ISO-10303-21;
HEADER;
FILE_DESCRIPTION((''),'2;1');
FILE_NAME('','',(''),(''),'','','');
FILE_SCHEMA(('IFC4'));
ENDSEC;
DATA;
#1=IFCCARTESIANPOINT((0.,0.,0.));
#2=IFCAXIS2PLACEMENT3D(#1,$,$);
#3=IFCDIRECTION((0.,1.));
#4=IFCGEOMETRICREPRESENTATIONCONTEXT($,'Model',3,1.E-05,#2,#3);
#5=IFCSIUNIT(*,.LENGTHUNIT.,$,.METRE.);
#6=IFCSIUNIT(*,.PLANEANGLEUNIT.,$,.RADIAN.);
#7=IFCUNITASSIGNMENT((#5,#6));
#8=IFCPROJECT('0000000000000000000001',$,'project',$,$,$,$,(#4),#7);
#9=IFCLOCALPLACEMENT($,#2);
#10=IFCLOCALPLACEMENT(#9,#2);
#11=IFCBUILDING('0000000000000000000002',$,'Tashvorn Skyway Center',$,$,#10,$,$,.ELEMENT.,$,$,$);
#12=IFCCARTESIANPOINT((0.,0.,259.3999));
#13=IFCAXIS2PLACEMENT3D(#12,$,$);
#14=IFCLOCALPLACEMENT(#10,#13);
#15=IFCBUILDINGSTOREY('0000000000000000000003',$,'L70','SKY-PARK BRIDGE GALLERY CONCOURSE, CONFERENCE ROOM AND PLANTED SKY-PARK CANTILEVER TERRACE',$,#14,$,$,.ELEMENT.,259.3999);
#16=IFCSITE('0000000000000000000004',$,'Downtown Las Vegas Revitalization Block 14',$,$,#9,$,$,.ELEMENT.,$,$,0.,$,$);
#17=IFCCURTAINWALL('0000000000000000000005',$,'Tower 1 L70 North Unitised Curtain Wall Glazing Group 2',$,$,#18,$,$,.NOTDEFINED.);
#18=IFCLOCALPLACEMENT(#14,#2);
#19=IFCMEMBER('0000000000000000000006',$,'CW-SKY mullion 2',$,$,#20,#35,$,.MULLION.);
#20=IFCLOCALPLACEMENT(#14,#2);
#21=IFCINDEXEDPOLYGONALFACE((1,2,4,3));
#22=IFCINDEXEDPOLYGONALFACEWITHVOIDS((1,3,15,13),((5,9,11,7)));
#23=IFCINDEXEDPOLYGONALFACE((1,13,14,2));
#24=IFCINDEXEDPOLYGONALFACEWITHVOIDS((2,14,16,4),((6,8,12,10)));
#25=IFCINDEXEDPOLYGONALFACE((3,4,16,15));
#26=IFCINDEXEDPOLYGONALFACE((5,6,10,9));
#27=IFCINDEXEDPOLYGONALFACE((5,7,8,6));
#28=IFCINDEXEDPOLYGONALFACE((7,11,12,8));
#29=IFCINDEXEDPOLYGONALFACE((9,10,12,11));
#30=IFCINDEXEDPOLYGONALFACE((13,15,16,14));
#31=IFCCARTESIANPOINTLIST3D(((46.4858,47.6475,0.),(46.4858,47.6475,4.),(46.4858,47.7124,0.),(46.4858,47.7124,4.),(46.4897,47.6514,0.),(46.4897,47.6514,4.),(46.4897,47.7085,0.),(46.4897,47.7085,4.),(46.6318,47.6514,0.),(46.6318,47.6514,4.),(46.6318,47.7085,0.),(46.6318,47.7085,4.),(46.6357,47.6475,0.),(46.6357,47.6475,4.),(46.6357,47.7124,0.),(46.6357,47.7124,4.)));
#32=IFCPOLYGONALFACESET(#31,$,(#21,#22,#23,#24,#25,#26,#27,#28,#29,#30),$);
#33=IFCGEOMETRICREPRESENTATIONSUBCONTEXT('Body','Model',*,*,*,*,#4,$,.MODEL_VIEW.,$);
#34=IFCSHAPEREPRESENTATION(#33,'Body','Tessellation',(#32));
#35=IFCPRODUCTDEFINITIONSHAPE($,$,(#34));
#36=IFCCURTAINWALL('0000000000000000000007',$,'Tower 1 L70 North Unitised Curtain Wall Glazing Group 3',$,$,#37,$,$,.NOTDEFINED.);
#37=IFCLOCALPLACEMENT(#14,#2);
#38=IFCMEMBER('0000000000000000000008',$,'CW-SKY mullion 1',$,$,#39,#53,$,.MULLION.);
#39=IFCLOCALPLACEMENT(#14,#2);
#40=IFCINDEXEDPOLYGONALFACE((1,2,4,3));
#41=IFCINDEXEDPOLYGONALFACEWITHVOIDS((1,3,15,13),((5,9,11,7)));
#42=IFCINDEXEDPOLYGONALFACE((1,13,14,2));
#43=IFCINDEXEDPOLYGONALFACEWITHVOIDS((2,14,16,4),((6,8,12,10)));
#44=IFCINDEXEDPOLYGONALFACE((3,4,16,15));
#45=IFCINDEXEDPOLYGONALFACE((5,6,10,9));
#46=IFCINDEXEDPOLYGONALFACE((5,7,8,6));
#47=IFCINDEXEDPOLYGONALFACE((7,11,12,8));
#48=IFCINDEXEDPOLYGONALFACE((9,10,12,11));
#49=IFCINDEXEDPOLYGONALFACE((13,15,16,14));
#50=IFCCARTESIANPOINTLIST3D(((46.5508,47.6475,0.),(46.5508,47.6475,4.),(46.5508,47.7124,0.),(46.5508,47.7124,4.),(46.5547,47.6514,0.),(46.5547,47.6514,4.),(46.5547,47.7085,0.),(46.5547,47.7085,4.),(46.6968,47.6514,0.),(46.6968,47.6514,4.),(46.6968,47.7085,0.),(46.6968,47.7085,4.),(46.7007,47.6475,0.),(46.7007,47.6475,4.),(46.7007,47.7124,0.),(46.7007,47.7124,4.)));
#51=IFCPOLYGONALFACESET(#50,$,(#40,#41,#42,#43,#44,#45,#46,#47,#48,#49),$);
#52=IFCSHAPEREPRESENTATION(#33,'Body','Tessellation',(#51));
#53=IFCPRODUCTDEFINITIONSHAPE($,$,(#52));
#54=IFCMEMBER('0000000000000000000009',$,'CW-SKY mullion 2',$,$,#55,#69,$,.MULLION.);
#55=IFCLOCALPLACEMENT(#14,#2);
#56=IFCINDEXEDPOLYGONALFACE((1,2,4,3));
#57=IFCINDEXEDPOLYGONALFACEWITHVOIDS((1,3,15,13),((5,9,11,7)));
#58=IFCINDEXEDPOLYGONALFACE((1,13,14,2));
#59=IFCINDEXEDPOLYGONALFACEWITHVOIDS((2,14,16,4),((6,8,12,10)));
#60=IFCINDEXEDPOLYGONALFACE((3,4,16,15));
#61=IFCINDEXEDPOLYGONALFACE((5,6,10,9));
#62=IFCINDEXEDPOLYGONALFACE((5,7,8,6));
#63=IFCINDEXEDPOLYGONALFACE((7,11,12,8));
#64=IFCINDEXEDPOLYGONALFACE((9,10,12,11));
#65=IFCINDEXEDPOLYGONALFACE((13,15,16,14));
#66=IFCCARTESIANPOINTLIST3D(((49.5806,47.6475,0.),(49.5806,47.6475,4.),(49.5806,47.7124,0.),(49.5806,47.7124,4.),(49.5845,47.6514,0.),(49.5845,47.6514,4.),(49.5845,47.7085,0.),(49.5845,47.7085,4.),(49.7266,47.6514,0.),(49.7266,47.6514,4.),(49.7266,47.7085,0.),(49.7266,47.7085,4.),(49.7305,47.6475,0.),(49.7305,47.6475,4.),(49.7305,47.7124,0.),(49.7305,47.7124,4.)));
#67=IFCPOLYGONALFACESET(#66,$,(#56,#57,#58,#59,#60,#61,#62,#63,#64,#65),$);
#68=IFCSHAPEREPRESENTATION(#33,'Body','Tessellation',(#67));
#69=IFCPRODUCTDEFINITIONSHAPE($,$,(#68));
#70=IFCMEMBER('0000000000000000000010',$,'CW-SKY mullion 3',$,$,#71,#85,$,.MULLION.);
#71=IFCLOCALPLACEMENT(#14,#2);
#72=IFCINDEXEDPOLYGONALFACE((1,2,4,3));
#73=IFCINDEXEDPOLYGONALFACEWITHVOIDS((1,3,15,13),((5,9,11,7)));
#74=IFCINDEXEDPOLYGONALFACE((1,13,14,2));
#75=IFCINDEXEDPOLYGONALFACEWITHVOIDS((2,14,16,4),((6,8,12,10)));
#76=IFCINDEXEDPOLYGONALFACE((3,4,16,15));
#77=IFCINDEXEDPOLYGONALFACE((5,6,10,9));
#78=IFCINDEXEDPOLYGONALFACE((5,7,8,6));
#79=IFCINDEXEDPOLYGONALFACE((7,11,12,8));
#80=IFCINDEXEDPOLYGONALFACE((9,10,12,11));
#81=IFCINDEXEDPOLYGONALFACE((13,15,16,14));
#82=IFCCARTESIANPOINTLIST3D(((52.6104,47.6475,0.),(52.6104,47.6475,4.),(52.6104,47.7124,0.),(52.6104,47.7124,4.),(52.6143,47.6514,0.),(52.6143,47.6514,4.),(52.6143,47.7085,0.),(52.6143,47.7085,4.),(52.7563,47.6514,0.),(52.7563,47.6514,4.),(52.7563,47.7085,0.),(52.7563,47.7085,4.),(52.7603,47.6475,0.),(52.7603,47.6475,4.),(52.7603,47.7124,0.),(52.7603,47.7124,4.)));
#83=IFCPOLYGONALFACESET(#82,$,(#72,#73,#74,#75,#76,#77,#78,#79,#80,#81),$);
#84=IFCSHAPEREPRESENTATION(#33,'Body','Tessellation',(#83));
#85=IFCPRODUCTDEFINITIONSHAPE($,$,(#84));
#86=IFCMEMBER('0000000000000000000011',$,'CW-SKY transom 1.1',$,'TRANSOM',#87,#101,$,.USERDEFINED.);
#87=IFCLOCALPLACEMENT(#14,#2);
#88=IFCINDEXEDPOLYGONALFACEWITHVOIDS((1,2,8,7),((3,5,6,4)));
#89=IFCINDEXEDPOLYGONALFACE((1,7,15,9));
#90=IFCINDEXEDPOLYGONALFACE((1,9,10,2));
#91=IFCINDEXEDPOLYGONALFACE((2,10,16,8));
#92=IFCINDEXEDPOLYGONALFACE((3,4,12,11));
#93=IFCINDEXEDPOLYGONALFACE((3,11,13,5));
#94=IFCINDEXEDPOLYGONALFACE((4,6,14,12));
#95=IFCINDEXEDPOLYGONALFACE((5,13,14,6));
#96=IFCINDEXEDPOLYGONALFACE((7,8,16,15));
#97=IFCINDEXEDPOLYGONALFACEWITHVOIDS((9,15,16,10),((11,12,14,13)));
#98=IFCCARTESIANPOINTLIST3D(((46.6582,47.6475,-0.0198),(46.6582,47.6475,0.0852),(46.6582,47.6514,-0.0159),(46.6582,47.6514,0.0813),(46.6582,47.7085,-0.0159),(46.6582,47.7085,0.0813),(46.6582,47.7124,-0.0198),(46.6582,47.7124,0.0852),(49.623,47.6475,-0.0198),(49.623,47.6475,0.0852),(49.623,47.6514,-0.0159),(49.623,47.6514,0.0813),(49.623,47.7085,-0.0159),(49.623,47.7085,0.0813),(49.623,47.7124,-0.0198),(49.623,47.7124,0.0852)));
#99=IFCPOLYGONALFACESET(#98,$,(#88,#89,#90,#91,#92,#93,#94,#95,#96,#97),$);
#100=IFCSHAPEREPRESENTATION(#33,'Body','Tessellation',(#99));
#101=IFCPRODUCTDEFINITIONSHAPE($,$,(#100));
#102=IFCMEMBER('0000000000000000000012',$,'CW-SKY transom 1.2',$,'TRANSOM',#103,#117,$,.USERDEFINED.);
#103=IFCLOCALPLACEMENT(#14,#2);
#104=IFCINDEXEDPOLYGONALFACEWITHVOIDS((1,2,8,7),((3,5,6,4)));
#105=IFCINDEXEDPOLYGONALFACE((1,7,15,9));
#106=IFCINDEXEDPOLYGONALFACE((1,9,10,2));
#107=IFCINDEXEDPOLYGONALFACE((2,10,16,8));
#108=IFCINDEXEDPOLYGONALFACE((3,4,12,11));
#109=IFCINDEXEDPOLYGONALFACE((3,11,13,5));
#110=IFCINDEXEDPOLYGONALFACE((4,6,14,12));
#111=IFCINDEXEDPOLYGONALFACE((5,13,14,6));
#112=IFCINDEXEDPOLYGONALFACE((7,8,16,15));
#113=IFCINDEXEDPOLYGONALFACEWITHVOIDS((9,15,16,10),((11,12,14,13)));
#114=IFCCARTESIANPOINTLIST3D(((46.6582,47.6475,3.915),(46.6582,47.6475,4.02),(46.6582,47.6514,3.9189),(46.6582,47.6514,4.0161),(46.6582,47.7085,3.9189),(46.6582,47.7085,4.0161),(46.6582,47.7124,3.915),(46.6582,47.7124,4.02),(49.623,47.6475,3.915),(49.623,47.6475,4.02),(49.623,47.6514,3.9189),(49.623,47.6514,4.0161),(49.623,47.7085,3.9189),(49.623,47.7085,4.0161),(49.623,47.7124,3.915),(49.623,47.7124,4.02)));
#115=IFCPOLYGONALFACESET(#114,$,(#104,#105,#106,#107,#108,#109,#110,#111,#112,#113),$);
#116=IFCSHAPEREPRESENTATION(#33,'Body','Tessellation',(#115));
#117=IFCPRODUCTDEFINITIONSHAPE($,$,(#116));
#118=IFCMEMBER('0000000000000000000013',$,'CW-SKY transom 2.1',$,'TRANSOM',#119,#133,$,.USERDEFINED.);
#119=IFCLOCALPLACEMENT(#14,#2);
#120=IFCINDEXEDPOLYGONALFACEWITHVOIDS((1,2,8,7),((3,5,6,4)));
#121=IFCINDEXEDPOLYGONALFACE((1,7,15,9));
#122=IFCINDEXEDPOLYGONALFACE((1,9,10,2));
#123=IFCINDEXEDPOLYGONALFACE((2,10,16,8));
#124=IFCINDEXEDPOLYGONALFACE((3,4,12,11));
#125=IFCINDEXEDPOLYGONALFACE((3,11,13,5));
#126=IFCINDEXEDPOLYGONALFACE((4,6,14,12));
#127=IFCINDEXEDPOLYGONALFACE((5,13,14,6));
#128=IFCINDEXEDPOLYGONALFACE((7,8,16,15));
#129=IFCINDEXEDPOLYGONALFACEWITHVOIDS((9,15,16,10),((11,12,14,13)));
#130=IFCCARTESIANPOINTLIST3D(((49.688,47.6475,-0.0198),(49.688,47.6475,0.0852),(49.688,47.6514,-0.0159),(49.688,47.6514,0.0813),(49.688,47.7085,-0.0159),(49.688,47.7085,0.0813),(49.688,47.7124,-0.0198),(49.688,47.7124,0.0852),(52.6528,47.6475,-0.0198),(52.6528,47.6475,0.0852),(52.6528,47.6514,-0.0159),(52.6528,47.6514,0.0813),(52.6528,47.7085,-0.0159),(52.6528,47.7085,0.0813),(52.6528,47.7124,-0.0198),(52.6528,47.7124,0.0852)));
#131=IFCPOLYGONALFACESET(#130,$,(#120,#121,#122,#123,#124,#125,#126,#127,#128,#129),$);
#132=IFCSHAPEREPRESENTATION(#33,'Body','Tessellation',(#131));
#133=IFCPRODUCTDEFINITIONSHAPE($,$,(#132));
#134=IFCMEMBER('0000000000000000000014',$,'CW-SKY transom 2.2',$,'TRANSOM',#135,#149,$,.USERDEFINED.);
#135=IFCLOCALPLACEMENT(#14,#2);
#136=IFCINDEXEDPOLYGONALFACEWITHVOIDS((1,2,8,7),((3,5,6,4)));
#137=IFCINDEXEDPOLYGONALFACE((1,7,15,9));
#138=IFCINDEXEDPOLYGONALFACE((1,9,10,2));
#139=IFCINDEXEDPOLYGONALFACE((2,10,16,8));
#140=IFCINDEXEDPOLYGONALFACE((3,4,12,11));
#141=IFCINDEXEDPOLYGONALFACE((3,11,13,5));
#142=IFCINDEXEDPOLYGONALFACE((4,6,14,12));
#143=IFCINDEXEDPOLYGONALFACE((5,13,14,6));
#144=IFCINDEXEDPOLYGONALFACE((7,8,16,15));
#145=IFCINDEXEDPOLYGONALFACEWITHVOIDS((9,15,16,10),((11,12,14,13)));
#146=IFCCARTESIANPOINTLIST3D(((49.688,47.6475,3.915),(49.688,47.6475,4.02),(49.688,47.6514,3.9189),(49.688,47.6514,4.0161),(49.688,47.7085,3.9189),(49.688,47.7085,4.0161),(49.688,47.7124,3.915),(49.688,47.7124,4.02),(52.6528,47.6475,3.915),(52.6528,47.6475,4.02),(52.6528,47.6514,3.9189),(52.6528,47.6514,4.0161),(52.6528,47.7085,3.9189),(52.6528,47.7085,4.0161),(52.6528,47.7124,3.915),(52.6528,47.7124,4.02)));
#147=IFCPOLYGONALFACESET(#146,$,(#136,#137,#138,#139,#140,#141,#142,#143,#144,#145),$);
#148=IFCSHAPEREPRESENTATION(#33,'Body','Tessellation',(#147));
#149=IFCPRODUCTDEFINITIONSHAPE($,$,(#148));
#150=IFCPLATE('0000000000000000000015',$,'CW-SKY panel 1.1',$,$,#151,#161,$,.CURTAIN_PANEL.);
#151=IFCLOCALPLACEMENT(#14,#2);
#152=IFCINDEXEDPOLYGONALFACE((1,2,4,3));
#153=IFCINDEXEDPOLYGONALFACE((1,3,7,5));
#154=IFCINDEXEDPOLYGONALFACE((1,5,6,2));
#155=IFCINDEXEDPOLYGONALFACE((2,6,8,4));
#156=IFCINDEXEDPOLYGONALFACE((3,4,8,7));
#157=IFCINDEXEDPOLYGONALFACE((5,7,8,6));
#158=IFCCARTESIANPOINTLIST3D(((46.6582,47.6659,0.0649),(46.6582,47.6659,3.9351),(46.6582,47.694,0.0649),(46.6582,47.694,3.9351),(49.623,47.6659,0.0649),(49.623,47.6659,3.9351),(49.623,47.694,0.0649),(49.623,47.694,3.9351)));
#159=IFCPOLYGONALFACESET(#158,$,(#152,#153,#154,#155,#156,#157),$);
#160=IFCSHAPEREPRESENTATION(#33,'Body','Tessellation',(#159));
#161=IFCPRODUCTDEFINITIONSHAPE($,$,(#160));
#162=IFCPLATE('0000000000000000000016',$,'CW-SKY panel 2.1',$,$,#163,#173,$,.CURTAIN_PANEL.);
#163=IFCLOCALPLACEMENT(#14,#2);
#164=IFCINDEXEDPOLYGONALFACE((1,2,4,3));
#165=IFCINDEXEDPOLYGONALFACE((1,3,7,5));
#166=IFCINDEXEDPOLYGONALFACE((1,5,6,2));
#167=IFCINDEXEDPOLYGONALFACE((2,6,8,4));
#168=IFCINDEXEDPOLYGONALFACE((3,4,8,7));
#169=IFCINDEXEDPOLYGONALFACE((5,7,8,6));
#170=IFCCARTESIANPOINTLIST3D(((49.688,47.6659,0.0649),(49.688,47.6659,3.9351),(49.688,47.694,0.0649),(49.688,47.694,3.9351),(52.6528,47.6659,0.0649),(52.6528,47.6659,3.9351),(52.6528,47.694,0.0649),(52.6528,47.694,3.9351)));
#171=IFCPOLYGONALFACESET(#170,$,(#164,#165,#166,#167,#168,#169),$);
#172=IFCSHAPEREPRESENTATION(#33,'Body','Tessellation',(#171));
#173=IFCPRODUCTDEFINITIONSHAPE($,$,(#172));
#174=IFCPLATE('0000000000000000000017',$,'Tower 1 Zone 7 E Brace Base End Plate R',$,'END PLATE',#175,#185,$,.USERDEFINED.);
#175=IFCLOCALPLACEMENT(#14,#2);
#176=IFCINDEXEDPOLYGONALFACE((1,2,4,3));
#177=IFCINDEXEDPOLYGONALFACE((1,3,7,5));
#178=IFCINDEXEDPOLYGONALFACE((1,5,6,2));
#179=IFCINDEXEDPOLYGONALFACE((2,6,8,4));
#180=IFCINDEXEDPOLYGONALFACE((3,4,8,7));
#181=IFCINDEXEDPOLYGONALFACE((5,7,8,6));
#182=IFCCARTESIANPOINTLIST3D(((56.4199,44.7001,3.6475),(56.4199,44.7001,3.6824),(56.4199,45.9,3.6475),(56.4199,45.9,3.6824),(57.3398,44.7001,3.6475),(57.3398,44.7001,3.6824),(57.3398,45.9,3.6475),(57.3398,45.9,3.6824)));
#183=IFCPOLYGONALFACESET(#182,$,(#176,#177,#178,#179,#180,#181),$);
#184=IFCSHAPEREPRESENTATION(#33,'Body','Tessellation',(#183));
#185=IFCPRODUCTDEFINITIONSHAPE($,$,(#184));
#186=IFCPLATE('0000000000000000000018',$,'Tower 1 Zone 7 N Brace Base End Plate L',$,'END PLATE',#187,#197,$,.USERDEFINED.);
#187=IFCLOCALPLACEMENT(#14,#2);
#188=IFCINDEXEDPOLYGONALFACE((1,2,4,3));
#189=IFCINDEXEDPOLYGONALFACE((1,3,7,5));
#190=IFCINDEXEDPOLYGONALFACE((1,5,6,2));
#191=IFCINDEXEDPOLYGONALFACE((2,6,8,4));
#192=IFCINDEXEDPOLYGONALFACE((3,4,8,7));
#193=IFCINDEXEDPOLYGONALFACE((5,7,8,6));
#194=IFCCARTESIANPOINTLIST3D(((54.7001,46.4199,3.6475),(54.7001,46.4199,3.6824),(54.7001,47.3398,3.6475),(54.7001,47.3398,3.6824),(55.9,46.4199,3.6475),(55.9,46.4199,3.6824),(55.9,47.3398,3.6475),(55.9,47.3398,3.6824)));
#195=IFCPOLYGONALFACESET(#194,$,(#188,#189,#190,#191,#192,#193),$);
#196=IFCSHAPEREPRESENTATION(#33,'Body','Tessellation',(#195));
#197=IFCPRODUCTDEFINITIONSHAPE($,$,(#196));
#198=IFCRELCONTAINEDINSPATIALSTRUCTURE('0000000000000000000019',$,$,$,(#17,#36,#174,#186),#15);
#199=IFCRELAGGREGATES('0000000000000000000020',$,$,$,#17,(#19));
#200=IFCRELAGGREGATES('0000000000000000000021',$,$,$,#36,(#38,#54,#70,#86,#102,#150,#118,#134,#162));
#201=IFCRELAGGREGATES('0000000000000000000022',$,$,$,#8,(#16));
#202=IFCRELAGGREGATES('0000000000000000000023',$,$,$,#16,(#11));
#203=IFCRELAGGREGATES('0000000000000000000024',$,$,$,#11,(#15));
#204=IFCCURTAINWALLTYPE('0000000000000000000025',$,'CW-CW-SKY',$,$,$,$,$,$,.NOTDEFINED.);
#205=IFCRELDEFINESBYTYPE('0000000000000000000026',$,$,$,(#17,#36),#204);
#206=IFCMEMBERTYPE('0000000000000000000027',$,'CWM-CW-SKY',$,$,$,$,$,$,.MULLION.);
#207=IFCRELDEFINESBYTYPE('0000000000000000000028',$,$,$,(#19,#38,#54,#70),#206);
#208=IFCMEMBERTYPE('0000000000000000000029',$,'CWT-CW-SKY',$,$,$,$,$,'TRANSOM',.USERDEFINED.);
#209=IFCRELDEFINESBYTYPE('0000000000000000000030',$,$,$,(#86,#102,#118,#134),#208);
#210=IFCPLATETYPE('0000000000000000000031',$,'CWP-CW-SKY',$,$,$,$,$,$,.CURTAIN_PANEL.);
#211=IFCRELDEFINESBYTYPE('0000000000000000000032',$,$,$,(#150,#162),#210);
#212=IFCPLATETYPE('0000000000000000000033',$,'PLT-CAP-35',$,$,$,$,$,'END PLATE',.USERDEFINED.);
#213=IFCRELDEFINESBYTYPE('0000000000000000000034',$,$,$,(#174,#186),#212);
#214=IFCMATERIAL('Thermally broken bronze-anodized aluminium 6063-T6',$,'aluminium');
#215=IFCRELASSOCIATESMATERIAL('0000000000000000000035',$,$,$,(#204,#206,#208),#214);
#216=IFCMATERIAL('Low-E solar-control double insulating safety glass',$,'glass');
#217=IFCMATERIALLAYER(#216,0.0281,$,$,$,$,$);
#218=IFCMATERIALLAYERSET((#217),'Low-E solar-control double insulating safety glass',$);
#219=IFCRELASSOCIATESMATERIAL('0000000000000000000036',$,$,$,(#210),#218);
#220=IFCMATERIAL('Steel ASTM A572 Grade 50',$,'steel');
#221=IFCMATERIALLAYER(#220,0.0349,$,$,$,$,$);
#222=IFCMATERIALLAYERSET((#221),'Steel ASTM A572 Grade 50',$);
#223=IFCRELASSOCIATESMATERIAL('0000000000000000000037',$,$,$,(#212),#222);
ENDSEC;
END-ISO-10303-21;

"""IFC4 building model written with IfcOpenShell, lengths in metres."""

from ifc_helpers import new_model, si_unit, direction, frame, origin, origin_2d, place, context, subcontext, project, spatial, rectangle, hollow_rectangle, extrude, material, layer, layer_set, material_profile, profile_set, type_object, element, aggregate, save


model = new_model("IFC4")

# Units and contexts
model_context = context("Model", 3, precision=1e-05, world=origin(), true_north=direction((0.0, 1.0)))
body_context = subcontext(model_context, "Body", "Model", "MODEL_VIEW")
ifc_project = project(units=[si_unit("LENGTHUNIT", "METRE"), si_unit("PLANEANGLEUNIT", "RADIAN")], contexts=[model_context])

# Site, building, storey
site_placement = place(None, origin())
site = spatial("IfcSite", under=ifc_project, at=site_placement, Name="Downtown Las Vegas Revitalization Block 14", CompositionType="ELEMENT", RefElevation=0.0)
building_placement = place(site_placement, origin())
building = spatial("IfcBuilding", under=site, at=building_placement, Name="Tashvorn Skyway Center", CompositionType="ELEMENT")
storey_placement = place(building_placement, frame((0.0, 0.0, 259.3999)))
storey = spatial("IfcBuildingStorey", under=building, at=storey_placement, Name="L70", Description="SKY-PARK BRIDGE GALLERY CONCOURSE, CONFERENCE ROOM AND PLANTED SKY-PARK CANTILEVER TERRACE", CompositionType="ELEMENT", Elevation=259.3999)

# Shared definitions
ifc_material_1 = material(Name="Steel ASTM A572 Grade 50", Category="steel")

# Curtain wall, member
ifc_material_2 = material(Name="Thermally broken bronze-anodized aluminium 6063-T6", Category="aluminium")
curtain_wall_type = type_object("IfcCurtainWallType", Name="CW-CW-SKY", PredefinedType="NOTDEFINED", material=ifc_material_2)
curtain_wall_1_placement = place(storey_placement, origin())
curtain_wall_1 = element("IfcCurtainWall", 1, at=curtain_wall_1_placement, inside=storey, type_object=curtain_wall_type, Name="Tower 1 L70 North Unitised Curtain Wall Glazing Group 2", PredefinedType="NOTDEFINED")
ifc_material_profile_1 = material_profile(ifc_material_2, hollow_rectangle(XDim=0.0649, YDim=0.1499, WallThickness=0.0039, at=origin_2d()), Name="ALU-MULL-65x150")
ifc_profile_set_1 = profile_set([ifc_material_profile_1], Name="Thermally broken bronze-anodized aluminium 6063-T6")
member_type_1 = type_object("IfcMemberType", Name="CWM-CW-SKY", PredefinedType="MULLION", material=ifc_profile_set_1)
member_1_placement = place(storey_placement, frame((46.5608, 47.6799, 0.0), z_axis=(0.0, 0.0, 1.0), x_axis=(0.0, 1.0, 0.0)))
member_1 = element("IfcMember", 2, at=member_1_placement, type_object=member_type_1, Name="CW-SKY mullion 2", PredefinedType="MULLION", context=body_context, shape_type="SweptSolid", body=[
    extrude(hollow_rectangle(XDim=0.0649, YDim=0.1499, WallThickness=0.0039, at=origin_2d()), origin(), (0.0, 0.0, 1.0), 4.0),
])
aggregate(curtain_wall_1, [member_1])

# Curtain wall, members, plates
curtain_wall_2_placement = place(storey_placement, origin())
curtain_wall_2 = element("IfcCurtainWall", 3, at=curtain_wall_2_placement, inside=storey, type_object=curtain_wall_type, Name="Tower 1 L70 North Unitised Curtain Wall Glazing Group 3", PredefinedType="NOTDEFINED")
member_2_placement = place(storey_placement, frame((46.6257, 47.6799, 0.0), z_axis=(0.0, 0.0, 1.0), x_axis=(0.0, 1.0, 0.0)))
member_2 = element("IfcMember", 4, at=member_2_placement, type_object=member_type_1, Name="CW-SKY mullion 1", PredefinedType="MULLION", context=body_context, shape_type="SweptSolid", body=[
    extrude(hollow_rectangle(XDim=0.0649, YDim=0.1499, WallThickness=0.0039, at=origin_2d()), origin(), (0.0, 0.0, 1.0), 4.0),
])
member_3_placement = place(storey_placement, frame((49.6555, 47.6799, 0.0), z_axis=(0.0, 0.0, 1.0), x_axis=(0.0, 1.0, 0.0)))
member_3 = element("IfcMember", 5, at=member_3_placement, type_object=member_type_1, Name="CW-SKY mullion 2", PredefinedType="MULLION", context=body_context, shape_type="SweptSolid", body=[
    extrude(hollow_rectangle(XDim=0.0649, YDim=0.1499, WallThickness=0.0039, at=origin_2d()), origin(), (0.0, 0.0, 1.0), 4.0),
])
member_4_placement = place(storey_placement, frame((52.6853, 47.6799, 0.0), z_axis=(0.0, 0.0, 1.0), x_axis=(0.0, 1.0, 0.0)))
member_4 = element("IfcMember", 6, at=member_4_placement, type_object=member_type_1, Name="CW-SKY mullion 3", PredefinedType="MULLION", context=body_context, shape_type="SweptSolid", body=[
    extrude(hollow_rectangle(XDim=0.0649, YDim=0.1499, WallThickness=0.0039, at=origin_2d()), origin(), (0.0, 0.0, 1.0), 4.0),
])
ifc_material_profile_2 = material_profile(ifc_material_2, hollow_rectangle(XDim=0.0649, YDim=0.105, WallThickness=0.0039, at=origin_2d()), Name="ALU-TRAN-65x105")
ifc_profile_set_2 = profile_set([ifc_material_profile_2], Name="Thermally broken bronze-anodized aluminium 6063-T6")
member_type_2 = type_object("IfcMemberType", Name="CWT-CW-SKY", ElementType="TRANSOM", PredefinedType="USERDEFINED", material=ifc_profile_set_2)
member_5_placement = place(storey_placement, frame((46.6582, 47.6799, 0.0327), z_axis=(1.0, 0.0, 0.0), x_axis=(0.0, 1.0, 0.0)))
member_5 = element("IfcMember", 7, at=member_5_placement, type_object=member_type_2, Name="CW-SKY transom 1.1", ObjectType="TRANSOM", PredefinedType="USERDEFINED", context=body_context, shape_type="SweptSolid", body=[
    extrude(hollow_rectangle(XDim=0.0649, YDim=0.105, WallThickness=0.0039, at=origin_2d()), origin(), (0.0, 0.0, 1.0), 2.9648),
])
member_6_placement = place(storey_placement, frame((46.6582, 47.6799, 3.9675), z_axis=(1.0, 0.0, 0.0), x_axis=(0.0, 1.0, 0.0)))
member_6 = element("IfcMember", 8, at=member_6_placement, type_object=member_type_2, Name="CW-SKY transom 1.2", ObjectType="TRANSOM", PredefinedType="USERDEFINED", context=body_context, shape_type="SweptSolid", body=[
    extrude(hollow_rectangle(XDim=0.0649, YDim=0.105, WallThickness=0.0039, at=origin_2d()), origin(), (0.0, 0.0, 1.0), 2.9648),
])
member_7_placement = place(storey_placement, frame((49.688, 47.6799, 0.0327), z_axis=(1.0, 0.0, 0.0), x_axis=(0.0, 1.0, 0.0)))
member_7 = element("IfcMember", 9, at=member_7_placement, type_object=member_type_2, Name="CW-SKY transom 2.1", ObjectType="TRANSOM", PredefinedType="USERDEFINED", context=body_context, shape_type="SweptSolid", body=[
    extrude(hollow_rectangle(XDim=0.0649, YDim=0.105, WallThickness=0.0039, at=origin_2d()), origin(), (0.0, 0.0, 1.0), 2.9648),
])
member_8_placement = place(storey_placement, frame((49.688, 47.6799, 3.9675), z_axis=(1.0, 0.0, 0.0), x_axis=(0.0, 1.0, 0.0)))
member_8 = element("IfcMember", 10, at=member_8_placement, type_object=member_type_2, Name="CW-SKY transom 2.2", ObjectType="TRANSOM", PredefinedType="USERDEFINED", context=body_context, shape_type="SweptSolid", body=[
    extrude(hollow_rectangle(XDim=0.0649, YDim=0.105, WallThickness=0.0039, at=origin_2d()), origin(), (0.0, 0.0, 1.0), 2.9648),
])
ifc_material_3 = material(Name="Low-E solar-control double insulating safety glass", Category="glass")
ifc_layer_1 = layer(ifc_material_3, 0.0281)
ifc_layer_set_1 = layer_set([ifc_layer_1], Name="Low-E solar-control double insulating safety glass")
plate_type_1 = type_object("IfcPlateType", Name="CWP-CW-SKY", PredefinedType="CURTAIN_PANEL", material=ifc_layer_set_1)
plate_1_placement = place(storey_placement, frame((48.1406, 47.6799, 0.0649), z_axis=(0.0, 0.0, 1.0), x_axis=(1.0, 0.0, 0.0)))
plate_1 = element("IfcPlate", 11, at=plate_1_placement, type_object=plate_type_1, Name="CW-SKY panel 1.1", PredefinedType="CURTAIN_PANEL", context=body_context, shape_type="SweptSolid", body=[
    extrude(rectangle(XDim=2.9648, YDim=0.0281, at=origin_2d()), origin(), (0.0, 0.0, 1.0), 3.8701),
])
plate_2_placement = place(storey_placement, frame((51.1704, 47.6799, 0.0649), z_axis=(0.0, 0.0, 1.0), x_axis=(1.0, 0.0, 0.0)))
plate_2 = element("IfcPlate", 12, at=plate_2_placement, type_object=plate_type_1, Name="CW-SKY panel 2.1", PredefinedType="CURTAIN_PANEL", context=body_context, shape_type="SweptSolid", body=[
    extrude(rectangle(XDim=2.9648, YDim=0.0281, at=origin_2d()), origin(), (0.0, 0.0, 1.0), 3.8701),
])
aggregate(curtain_wall_2, [member_2, member_3, member_4, member_5, member_6, plate_1, member_7, member_8, plate_2])

# Plates
ifc_layer_2 = layer(ifc_material_1, 0.0349)
ifc_layer_set_2 = layer_set([ifc_layer_2], Name="Steel ASTM A572 Grade 50")
plate_type_2 = type_object("IfcPlateType", Name="PLT-CAP-35", ElementType="END PLATE", PredefinedType="USERDEFINED", material=ifc_layer_set_2)
for number, where, z_axis, x_axis, name in (
    (13, (56.8799, 45.3, 3.6475), (0.0, 0.0, 1.0), (0.0, 1.0, 0.0), "Tower 1 Zone 7 E Brace Base End Plate R"),
    (14, (55.3, 46.8799, 3.6475), (0.0, 0.0, 1.0), (-1.0, 0.0, 0.0), "Tower 1 Zone 7 N Brace Base End Plate L"),
):
    element("IfcPlate", number, at=place(storey_placement, frame(where, z_axis=z_axis, x_axis=x_axis)), inside=storey, type_object=plate_type_2, Name=name, ObjectType="END PLATE", PredefinedType="USERDEFINED", context=body_context, shape_type="SweptSolid", body=[
        extrude(rectangle(XDim=1.2, YDim=0.9199, at=origin_2d()), origin(), (0.0, 0.0, 1.0), 0.0349),
    ])

save(model, "model.ifc")
